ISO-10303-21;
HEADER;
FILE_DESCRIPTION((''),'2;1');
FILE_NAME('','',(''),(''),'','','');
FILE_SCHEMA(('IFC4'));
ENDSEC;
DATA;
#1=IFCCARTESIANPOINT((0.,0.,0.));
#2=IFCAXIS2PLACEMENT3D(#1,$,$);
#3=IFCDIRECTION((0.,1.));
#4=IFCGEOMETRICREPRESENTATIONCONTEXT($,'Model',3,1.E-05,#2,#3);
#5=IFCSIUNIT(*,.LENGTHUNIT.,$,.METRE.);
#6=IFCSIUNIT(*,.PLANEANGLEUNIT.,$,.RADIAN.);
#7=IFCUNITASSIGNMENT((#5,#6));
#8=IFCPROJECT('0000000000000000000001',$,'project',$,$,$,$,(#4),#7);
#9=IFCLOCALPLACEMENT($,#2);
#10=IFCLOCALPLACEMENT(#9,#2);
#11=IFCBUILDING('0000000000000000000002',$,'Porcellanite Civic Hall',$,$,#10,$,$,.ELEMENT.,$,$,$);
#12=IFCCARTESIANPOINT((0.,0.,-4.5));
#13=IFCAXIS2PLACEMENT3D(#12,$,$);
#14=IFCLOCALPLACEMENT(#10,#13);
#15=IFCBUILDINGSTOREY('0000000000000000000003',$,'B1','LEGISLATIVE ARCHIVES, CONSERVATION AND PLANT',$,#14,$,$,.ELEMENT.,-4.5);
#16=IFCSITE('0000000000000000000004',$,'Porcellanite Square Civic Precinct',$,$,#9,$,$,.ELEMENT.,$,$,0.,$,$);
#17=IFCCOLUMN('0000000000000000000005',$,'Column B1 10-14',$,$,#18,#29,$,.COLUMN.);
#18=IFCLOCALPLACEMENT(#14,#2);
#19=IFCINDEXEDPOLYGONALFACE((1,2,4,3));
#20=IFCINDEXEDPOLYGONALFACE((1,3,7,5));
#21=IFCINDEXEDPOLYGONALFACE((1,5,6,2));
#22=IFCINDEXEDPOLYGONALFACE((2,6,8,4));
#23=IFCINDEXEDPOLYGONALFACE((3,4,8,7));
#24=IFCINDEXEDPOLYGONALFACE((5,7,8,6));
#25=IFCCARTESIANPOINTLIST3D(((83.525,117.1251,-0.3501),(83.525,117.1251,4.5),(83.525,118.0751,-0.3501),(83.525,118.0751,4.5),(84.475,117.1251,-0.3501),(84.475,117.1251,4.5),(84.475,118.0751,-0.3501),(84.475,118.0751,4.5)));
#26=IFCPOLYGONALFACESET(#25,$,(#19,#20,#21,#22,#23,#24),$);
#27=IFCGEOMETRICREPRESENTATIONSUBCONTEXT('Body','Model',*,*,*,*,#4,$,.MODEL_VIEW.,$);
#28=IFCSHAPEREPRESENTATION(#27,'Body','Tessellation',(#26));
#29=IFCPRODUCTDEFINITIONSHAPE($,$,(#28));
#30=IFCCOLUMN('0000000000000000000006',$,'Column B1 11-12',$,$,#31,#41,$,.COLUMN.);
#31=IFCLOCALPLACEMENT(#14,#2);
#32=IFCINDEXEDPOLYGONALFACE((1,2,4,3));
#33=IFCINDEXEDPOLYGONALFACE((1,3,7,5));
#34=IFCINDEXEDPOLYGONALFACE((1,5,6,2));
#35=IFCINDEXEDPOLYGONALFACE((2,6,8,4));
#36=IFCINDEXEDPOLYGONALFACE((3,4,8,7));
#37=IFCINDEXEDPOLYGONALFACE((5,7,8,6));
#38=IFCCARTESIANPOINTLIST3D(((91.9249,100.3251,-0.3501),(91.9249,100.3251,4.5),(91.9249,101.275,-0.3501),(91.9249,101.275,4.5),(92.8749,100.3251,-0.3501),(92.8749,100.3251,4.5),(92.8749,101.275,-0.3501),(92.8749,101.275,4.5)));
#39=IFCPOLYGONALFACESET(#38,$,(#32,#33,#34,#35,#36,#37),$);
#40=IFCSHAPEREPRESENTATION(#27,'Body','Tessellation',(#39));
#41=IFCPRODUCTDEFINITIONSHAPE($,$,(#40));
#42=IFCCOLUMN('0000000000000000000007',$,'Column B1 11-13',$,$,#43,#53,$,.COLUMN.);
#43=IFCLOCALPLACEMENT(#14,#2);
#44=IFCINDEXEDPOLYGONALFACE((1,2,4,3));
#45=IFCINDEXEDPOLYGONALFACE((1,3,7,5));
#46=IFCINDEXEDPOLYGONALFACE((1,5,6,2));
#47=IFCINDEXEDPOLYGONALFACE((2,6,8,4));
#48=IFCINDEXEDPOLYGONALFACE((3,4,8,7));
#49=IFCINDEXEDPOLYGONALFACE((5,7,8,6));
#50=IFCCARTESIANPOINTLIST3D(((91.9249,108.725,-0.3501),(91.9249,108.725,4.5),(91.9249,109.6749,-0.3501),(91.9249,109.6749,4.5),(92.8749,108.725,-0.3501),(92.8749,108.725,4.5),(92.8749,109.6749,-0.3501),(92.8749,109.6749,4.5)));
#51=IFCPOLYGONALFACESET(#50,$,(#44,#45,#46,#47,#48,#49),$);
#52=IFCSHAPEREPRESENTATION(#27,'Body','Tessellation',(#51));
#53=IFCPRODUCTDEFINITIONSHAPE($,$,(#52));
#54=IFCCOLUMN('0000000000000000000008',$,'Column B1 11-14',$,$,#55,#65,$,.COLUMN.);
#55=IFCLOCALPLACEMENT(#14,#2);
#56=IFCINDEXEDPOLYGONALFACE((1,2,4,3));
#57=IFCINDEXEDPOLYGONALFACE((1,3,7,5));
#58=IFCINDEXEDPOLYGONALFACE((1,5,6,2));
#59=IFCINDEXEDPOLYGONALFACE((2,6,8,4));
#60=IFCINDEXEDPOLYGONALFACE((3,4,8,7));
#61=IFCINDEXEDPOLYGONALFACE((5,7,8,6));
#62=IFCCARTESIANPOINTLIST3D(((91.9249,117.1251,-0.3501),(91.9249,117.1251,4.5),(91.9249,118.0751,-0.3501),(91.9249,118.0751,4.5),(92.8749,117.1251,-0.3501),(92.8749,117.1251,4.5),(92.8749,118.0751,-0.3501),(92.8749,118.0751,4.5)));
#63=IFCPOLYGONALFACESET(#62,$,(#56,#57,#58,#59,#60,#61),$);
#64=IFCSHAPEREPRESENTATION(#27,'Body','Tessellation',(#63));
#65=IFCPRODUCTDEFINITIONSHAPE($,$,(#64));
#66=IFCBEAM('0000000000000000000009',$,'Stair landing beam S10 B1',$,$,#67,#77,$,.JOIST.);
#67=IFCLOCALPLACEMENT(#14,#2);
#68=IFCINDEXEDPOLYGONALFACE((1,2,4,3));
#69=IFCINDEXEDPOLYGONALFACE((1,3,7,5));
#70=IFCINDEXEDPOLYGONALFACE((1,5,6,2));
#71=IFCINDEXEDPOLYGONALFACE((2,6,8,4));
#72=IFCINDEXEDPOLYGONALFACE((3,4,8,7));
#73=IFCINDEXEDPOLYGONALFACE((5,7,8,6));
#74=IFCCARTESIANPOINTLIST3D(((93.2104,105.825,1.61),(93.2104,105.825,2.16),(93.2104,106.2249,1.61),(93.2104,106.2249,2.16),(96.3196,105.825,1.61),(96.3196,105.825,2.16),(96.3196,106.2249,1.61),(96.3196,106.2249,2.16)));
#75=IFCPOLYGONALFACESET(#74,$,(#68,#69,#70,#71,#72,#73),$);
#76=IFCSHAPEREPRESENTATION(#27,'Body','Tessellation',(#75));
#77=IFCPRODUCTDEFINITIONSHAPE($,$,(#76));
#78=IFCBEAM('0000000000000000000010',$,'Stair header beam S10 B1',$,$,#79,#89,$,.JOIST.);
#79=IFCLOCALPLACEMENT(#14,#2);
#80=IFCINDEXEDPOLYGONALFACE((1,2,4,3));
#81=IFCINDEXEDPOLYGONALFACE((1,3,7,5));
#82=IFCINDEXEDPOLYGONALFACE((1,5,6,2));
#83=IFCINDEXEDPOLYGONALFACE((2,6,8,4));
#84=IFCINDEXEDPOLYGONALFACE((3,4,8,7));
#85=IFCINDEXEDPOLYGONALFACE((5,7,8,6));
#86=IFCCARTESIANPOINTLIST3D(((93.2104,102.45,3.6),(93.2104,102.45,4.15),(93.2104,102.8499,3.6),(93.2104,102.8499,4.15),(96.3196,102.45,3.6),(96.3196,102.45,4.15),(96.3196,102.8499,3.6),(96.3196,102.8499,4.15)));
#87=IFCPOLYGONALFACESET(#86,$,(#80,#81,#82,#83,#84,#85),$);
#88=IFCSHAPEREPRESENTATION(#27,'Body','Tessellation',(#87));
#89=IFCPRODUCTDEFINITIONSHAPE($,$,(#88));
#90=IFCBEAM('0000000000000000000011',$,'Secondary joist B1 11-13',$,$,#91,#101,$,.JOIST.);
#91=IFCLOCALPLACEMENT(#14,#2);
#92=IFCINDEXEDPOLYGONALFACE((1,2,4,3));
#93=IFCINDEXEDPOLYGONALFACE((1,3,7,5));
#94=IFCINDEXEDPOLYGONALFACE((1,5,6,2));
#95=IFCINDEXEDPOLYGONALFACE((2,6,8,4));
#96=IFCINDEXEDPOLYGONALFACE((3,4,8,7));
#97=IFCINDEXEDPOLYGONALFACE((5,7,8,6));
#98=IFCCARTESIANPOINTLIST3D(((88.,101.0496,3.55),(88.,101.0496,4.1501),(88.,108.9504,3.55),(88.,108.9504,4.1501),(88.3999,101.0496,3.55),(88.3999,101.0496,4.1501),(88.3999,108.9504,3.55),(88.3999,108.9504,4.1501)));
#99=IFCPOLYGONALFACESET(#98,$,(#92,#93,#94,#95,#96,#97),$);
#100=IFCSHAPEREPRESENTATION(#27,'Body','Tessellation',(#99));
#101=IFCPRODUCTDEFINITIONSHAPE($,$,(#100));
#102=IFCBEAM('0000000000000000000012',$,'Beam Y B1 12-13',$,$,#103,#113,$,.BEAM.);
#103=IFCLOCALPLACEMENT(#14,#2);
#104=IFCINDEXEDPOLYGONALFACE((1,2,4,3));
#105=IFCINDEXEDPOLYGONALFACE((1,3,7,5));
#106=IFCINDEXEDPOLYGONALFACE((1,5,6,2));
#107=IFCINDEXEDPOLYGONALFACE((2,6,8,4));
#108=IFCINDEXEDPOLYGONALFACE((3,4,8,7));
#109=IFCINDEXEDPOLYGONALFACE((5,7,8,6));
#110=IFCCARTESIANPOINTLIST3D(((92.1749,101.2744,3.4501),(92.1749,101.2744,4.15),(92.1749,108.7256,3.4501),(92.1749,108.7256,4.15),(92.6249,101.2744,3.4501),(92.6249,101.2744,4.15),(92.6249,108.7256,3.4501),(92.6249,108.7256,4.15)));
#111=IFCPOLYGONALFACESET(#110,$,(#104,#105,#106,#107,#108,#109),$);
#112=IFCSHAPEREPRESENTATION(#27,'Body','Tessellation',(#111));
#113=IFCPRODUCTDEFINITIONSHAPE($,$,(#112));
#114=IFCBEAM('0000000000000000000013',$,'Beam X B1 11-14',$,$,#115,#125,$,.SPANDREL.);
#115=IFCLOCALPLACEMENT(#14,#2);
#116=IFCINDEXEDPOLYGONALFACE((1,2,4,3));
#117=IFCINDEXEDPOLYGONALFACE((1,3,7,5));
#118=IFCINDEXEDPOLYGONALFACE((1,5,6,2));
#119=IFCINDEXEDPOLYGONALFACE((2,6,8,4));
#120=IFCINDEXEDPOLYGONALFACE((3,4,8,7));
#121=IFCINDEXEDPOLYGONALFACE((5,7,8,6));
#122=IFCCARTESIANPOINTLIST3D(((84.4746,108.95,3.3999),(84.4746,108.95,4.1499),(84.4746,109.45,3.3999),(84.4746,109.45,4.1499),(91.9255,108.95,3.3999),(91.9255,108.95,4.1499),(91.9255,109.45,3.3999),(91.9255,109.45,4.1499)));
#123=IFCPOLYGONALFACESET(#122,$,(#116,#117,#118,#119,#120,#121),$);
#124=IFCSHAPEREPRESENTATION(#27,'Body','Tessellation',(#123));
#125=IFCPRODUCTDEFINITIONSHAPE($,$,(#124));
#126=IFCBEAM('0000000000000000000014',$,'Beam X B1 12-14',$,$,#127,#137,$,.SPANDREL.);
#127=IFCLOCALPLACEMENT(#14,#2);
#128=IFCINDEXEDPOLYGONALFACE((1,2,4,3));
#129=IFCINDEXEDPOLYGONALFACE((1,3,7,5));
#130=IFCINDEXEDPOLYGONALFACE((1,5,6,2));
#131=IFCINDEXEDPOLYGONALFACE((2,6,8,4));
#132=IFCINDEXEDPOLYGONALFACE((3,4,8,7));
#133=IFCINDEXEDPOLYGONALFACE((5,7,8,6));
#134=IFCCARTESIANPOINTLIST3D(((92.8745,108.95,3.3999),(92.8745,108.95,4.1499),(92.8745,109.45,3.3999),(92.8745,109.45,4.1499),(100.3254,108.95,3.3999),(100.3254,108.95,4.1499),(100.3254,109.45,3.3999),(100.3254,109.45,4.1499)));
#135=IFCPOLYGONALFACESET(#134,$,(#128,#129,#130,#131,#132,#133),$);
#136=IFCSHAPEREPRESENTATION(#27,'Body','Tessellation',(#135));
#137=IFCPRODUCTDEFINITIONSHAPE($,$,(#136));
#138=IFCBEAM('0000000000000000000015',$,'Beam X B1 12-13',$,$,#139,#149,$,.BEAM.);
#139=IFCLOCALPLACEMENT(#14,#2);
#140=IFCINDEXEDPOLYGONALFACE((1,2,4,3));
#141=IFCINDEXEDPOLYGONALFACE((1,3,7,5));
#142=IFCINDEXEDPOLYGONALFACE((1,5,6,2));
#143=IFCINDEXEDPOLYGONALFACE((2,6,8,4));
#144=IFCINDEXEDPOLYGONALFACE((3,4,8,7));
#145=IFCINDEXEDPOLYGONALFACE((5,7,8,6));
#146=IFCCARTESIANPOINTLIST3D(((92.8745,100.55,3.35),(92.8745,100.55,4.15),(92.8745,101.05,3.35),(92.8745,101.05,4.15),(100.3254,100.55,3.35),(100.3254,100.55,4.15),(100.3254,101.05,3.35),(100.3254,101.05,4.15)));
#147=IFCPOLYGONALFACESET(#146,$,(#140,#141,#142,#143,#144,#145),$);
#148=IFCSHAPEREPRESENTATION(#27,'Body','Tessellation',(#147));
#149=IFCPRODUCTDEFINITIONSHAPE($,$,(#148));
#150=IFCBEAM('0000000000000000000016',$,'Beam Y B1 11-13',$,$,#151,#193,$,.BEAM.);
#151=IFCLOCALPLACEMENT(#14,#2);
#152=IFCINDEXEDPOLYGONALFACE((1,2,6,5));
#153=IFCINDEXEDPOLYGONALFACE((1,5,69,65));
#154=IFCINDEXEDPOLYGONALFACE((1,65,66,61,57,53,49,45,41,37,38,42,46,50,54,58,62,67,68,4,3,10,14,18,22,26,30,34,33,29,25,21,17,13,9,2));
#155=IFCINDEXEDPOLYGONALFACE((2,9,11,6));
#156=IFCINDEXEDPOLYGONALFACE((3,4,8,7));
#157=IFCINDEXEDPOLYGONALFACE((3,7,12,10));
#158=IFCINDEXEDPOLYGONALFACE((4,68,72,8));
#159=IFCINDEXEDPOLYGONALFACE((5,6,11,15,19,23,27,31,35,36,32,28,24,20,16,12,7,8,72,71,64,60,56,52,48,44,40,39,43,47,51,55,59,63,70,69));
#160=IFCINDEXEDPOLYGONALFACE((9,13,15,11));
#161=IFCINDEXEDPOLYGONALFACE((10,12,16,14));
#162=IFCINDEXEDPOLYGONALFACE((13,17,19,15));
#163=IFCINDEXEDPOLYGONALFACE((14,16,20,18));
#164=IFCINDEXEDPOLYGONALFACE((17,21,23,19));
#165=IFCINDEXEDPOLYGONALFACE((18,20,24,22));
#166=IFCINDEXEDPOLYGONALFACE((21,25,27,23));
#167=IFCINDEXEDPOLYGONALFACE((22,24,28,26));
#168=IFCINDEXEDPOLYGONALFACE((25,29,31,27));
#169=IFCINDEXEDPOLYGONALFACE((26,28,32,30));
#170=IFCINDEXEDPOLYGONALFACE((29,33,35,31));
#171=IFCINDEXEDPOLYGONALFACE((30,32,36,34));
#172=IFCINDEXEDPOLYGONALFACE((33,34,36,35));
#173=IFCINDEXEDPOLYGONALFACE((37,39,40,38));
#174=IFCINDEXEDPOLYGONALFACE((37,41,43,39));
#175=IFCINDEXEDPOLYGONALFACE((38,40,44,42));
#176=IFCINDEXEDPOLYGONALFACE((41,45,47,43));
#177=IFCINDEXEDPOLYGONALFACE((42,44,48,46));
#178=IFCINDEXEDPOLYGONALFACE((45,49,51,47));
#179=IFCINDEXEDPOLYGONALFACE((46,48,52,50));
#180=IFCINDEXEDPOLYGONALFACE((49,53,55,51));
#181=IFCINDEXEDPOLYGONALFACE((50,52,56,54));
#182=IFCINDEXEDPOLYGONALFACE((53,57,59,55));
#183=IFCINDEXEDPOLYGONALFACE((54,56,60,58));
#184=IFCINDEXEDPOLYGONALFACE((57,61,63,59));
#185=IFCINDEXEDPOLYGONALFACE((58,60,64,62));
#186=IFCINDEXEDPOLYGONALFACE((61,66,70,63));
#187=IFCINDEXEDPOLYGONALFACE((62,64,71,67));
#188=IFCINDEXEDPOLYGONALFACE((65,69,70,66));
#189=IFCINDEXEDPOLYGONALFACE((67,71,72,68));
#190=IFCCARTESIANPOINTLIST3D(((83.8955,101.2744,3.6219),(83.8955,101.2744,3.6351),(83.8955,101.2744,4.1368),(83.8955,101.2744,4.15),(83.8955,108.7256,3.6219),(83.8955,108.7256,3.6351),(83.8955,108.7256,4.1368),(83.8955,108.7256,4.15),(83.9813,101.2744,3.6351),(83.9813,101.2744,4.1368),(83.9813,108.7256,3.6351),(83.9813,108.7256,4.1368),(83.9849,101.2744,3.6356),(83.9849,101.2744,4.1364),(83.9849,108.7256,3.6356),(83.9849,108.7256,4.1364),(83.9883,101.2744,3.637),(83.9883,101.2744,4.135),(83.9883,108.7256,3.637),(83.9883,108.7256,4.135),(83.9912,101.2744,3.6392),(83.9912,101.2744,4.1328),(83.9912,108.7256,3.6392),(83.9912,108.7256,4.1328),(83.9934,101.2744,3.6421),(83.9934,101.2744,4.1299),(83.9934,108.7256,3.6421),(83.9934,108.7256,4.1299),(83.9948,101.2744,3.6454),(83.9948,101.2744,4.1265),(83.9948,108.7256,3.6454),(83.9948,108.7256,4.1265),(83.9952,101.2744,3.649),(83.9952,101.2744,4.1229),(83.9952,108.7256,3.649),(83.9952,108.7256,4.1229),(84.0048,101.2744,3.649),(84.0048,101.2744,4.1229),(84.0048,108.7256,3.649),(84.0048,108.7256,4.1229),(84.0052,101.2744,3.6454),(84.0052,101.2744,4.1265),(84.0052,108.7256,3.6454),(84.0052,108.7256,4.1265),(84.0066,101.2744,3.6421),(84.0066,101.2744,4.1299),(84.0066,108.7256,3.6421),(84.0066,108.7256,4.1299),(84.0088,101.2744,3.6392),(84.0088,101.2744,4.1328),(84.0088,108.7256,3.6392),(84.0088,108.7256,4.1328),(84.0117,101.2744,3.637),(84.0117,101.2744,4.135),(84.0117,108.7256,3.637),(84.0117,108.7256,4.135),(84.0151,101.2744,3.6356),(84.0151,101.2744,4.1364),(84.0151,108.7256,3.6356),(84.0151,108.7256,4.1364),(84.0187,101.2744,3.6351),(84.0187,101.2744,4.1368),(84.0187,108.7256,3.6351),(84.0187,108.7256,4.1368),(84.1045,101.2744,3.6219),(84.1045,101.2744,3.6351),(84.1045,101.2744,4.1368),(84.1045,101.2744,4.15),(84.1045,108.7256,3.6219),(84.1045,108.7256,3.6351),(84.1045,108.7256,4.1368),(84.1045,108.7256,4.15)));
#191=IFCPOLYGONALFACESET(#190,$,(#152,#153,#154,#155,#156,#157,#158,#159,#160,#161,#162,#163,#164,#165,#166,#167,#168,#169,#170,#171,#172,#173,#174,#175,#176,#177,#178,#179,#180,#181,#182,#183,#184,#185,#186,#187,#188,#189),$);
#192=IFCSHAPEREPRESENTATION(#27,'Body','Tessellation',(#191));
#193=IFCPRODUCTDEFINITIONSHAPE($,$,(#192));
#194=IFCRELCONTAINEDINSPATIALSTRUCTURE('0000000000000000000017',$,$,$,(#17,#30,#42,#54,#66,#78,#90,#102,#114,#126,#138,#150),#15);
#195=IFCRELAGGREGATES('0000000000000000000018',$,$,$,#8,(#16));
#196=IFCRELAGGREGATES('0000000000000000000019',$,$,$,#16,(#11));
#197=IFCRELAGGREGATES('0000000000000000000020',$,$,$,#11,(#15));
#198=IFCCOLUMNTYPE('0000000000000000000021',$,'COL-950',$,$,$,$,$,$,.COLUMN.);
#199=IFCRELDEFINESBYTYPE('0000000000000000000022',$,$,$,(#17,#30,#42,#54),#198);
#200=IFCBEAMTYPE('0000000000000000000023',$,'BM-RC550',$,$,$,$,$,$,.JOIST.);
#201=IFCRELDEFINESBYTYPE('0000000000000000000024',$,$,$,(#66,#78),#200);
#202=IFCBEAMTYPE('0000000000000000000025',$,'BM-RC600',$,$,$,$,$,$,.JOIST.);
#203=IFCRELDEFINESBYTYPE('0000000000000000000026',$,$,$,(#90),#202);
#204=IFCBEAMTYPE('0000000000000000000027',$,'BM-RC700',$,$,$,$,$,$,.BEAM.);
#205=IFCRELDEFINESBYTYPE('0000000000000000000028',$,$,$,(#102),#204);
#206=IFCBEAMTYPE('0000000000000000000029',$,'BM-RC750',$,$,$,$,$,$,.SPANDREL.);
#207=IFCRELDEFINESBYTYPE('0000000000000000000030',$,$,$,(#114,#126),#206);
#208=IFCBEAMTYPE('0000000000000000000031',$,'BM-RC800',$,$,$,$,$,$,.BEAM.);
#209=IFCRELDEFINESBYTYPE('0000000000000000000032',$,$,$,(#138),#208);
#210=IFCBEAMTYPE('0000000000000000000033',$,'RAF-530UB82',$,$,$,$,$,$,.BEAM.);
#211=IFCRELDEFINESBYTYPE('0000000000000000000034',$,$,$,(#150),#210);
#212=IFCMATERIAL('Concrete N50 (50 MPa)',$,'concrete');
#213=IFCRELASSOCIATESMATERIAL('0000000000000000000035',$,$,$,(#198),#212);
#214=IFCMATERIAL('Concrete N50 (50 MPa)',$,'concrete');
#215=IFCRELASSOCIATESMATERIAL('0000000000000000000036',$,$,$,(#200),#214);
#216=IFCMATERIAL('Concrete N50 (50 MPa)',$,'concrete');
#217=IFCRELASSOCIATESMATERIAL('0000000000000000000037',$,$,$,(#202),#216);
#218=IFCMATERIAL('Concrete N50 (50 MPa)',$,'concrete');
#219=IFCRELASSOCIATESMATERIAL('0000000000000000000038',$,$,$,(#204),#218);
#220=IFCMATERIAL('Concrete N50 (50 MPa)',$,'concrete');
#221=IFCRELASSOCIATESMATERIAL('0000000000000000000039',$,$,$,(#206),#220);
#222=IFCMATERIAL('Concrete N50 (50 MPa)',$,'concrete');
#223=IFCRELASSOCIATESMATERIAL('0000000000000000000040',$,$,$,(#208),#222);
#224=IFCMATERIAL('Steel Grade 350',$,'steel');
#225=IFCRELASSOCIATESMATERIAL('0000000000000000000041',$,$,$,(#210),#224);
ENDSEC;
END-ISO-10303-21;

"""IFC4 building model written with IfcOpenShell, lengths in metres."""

from ifc_helpers import new_model, si_unit, direction, frame, origin, origin_2d, place, context, subcontext, project, spatial, rectangle, i_section, extrude, material, material_profile, profile_set, type_object, element, save


model = new_model("IFC4")

# Units and contexts
model_context = context("Model", 3, precision=1e-05, world=origin(), true_north=direction((0.0, 1.0)))
body_context = subcontext(model_context, "Body", "Model", "MODEL_VIEW")
ifc_project = project(units=[si_unit("LENGTHUNIT", "METRE"), si_unit("PLANEANGLEUNIT", "RADIAN")], contexts=[model_context])

# Site, building, storey
site_placement = place(None, origin())
site = spatial("IfcSite", under=ifc_project, at=site_placement, Name="Porcellanite Square Civic Precinct", CompositionType="ELEMENT", RefElevation=0.0)
building_placement = place(site_placement, origin())
building = spatial("IfcBuilding", under=site, at=building_placement, Name="Porcellanite Civic Hall", CompositionType="ELEMENT")
storey_placement = place(building_placement, frame((0.0, 0.0, -4.5)))
storey = spatial("IfcBuildingStorey", under=building, at=storey_placement, Name="B1", Description="LEGISLATIVE ARCHIVES, CONSERVATION AND PLANT", CompositionType="ELEMENT", Elevation=-4.5)

# Columns
ifc_material_1 = material(Name="Concrete N50 (50 MPa)", Category="concrete")
ifc_material_profile_1 = material_profile(ifc_material_1, rectangle(XDim=0.95, YDim=0.95, at=origin_2d()), Name="RC-950x950")
ifc_profile_set_1 = profile_set([ifc_material_profile_1], Name="Concrete N50 (50 MPa)")
column_type = type_object("IfcColumnType", Name="COL-950", PredefinedType="COLUMN", material=ifc_profile_set_1)
for number, where, z_axis, x_axis, name in (
    (1, (84.0, 117.6001, -0.3501), (0.0, 0.0, 1.0), (1.0, 0.0, 0.0), "Column B1 10-14"),
    (2, (92.3999, 100.8, -0.3501), (0.0, 0.0, 1.0), (1.0, 0.0, 0.0), "Column B1 11-12"),
    (3, (92.3999, 109.2, -0.3501), (0.0, 0.0, 1.0), (1.0, 0.0, 0.0), "Column B1 11-13"),
    (4, (92.3999, 117.6001, -0.3501), (0.0, 0.0, 1.0), (1.0, 0.0, 0.0), "Column B1 11-14"),
):
    element("IfcColumn", number, at=place(storey_placement, frame(where, z_axis=z_axis, x_axis=x_axis)), inside=storey, type_object=column_type, Name=name, PredefinedType="COLUMN", context=body_context, shape_type="SweptSolid", body=[
        extrude(rectangle(XDim=0.95, YDim=0.95, at=origin_2d()), origin(), (0.0, 0.0, 1.0), 4.8501),
    ])

# Beams
ifc_material_2 = material(Name="Concrete N50 (50 MPa)", Category="concrete")
ifc_material_profile_2 = material_profile(ifc_material_2, rectangle(XDim=0.3999, YDim=0.55, at=origin_2d()), Name="RC-400x550")
ifc_profile_set_2 = profile_set([ifc_material_profile_2], Name="Concrete N50 (50 MPa)")
beam_type_1 = type_object("IfcBeamType", Name="BM-RC550", PredefinedType="JOIST", material=ifc_profile_set_2)
for number, where, z_axis, x_axis, name in (
    (5, (93.2104, 106.0249, 1.885), (1.0, 0.0, 0.0), (0.0, 1.0, 0.0), "Stair landing beam S10 B1"),
    (6, (93.2104, 102.6499, 3.875), (1.0, 0.0, 0.0), (0.0, 1.0, 0.0), "Stair header beam S10 B1"),
):
    element("IfcBeam", number, at=place(storey_placement, frame(where, z_axis=z_axis, x_axis=x_axis)), inside=storey, type_object=beam_type_1, Name=name, PredefinedType="JOIST", context=body_context, shape_type="SweptSolid", body=[
        extrude(rectangle(XDim=0.3999, YDim=0.55, at=origin_2d()), origin(), (0.0, 0.0, 1.0), 3.1091),
    ])
ifc_material_3 = material(Name="Concrete N50 (50 MPa)", Category="concrete")
ifc_material_profile_3 = material_profile(ifc_material_3, rectangle(XDim=0.3999, YDim=0.6001, at=origin_2d()), Name="RC-400x600")
ifc_profile_set_3 = profile_set([ifc_material_profile_3], Name="Concrete N50 (50 MPa)")
beam_type_2 = type_object("IfcBeamType", Name="BM-RC600", PredefinedType="JOIST", material=ifc_profile_set_3)
beam_1_placement = place(storey_placement, frame((88.2, 101.0496, 3.8501), z_axis=(0.0, 1.0, 0.0), x_axis=(-1.0, 0.0, 0.0)))
element("IfcBeam", 7, at=beam_1_placement, inside=storey, type_object=beam_type_2, Name="Secondary joist B1 11-13", PredefinedType="JOIST", context=body_context, shape_type="SweptSolid", body=[
    extrude(rectangle(XDim=0.3999, YDim=0.6001, at=origin_2d()), origin(), (0.0, 0.0, 1.0), 7.9009),
])
ifc_material_4 = material(Name="Concrete N50 (50 MPa)", Category="concrete")
ifc_material_profile_4 = material_profile(ifc_material_4, rectangle(XDim=0.45, YDim=0.7, at=origin_2d()), Name="RC-450x700")
ifc_profile_set_4 = profile_set([ifc_material_profile_4], Name="Concrete N50 (50 MPa)")
beam_type_3 = type_object("IfcBeamType", Name="BM-RC700", PredefinedType="BEAM", material=ifc_profile_set_4)
beam_2_placement = place(storey_placement, frame((92.3999, 101.2744, 3.8), z_axis=(0.0, 1.0, 0.0), x_axis=(-1.0, 0.0, 0.0)))
element("IfcBeam", 8, at=beam_2_placement, inside=storey, type_object=beam_type_3, Name="Beam Y B1 12-13", PredefinedType="BEAM", context=body_context, shape_type="SweptSolid", body=[
    extrude(rectangle(XDim=0.45, YDim=0.7, at=origin_2d()), origin(), (0.0, 0.0, 1.0), 7.4512),
])
ifc_material_5 = material(Name="Concrete N50 (50 MPa)", Category="concrete")
ifc_material_profile_5 = material_profile(ifc_material_5, rectangle(XDim=0.5, YDim=0.75, at=origin_2d()), Name="RC-500x750")
ifc_profile_set_5 = profile_set([ifc_material_profile_5], Name="Concrete N50 (50 MPa)")
beam_type_4 = type_object("IfcBeamType", Name="BM-RC750", PredefinedType="SPANDREL", material=ifc_profile_set_5)
for number, where, z_axis, x_axis, name in (
    (9, (84.4746, 109.2, 3.7749), (1.0, 0.0, 0.0), (0.0, 1.0, 0.0), "Beam X B1 11-14"),
    (10, (92.8745, 109.2, 3.7749), (1.0, 0.0, 0.0), (0.0, 1.0, 0.0), "Beam X B1 12-14"),
):
    element("IfcBeam", number, at=place(storey_placement, frame(where, z_axis=z_axis, x_axis=x_axis)), inside=storey, type_object=beam_type_4, Name=name, PredefinedType="SPANDREL", context=body_context, shape_type="SweptSolid", body=[
        extrude(rectangle(XDim=0.5, YDim=0.75, at=origin_2d()), origin(), (0.0, 0.0, 1.0), 7.4509),
    ])
ifc_material_6 = material(Name="Concrete N50 (50 MPa)", Category="concrete")
ifc_material_profile_6 = material_profile(ifc_material_6, rectangle(XDim=0.5, YDim=0.8, at=origin_2d()), Name="RC-500x800")
ifc_profile_set_6 = profile_set([ifc_material_profile_6], Name="Concrete N50 (50 MPa)")
beam_type_5 = type_object("IfcBeamType", Name="BM-RC800", PredefinedType="BEAM", material=ifc_profile_set_6)
beam_3_placement = place(storey_placement, frame((92.8745, 100.8, 3.75), z_axis=(1.0, 0.0, 0.0), x_axis=(0.0, 1.0, 0.0)))
element("IfcBeam", 11, at=beam_3_placement, inside=storey, type_object=beam_type_5, Name="Beam X B1 12-13", PredefinedType="BEAM", context=body_context, shape_type="SweptSolid", body=[
    extrude(rectangle(XDim=0.5, YDim=0.8, at=origin_2d()), origin(), (0.0, 0.0, 1.0), 7.4509),
])
ifc_material_7 = material(Name="Steel Grade 350", Category="steel")
ifc_material_profile_7 = material_profile(ifc_material_7, i_section(OverallWidth=0.209, OverallDepth=0.5281, WebThickness=0.0095, FlangeThickness=0.0132, FilletRadius=0.0139, at=origin_2d()), Name="530UB82.0")
ifc_profile_set_7 = profile_set([ifc_material_profile_7], Name="Steel Grade 350")
beam_type_6 = type_object("IfcBeamType", Name="RAF-530UB82", PredefinedType="BEAM", material=ifc_profile_set_7)
beam_4_placement = place(storey_placement, frame((84.0, 101.2744, 3.886), z_axis=(0.0, 1.0, 0.0), x_axis=(-1.0, 0.0, 0.0)))
element("IfcBeam", 12, at=beam_4_placement, inside=storey, type_object=beam_type_6, Name="Beam Y B1 11-13", PredefinedType="BEAM", context=body_context, shape_type="SweptSolid", body=[
    extrude(i_section(OverallWidth=0.209, OverallDepth=0.5281, WebThickness=0.0095, FlangeThickness=0.0132, FilletRadius=0.0139, at=origin_2d()), origin(), (0.0, 0.0, 1.0), 7.4512),
])

save(model, "model.ifc")
